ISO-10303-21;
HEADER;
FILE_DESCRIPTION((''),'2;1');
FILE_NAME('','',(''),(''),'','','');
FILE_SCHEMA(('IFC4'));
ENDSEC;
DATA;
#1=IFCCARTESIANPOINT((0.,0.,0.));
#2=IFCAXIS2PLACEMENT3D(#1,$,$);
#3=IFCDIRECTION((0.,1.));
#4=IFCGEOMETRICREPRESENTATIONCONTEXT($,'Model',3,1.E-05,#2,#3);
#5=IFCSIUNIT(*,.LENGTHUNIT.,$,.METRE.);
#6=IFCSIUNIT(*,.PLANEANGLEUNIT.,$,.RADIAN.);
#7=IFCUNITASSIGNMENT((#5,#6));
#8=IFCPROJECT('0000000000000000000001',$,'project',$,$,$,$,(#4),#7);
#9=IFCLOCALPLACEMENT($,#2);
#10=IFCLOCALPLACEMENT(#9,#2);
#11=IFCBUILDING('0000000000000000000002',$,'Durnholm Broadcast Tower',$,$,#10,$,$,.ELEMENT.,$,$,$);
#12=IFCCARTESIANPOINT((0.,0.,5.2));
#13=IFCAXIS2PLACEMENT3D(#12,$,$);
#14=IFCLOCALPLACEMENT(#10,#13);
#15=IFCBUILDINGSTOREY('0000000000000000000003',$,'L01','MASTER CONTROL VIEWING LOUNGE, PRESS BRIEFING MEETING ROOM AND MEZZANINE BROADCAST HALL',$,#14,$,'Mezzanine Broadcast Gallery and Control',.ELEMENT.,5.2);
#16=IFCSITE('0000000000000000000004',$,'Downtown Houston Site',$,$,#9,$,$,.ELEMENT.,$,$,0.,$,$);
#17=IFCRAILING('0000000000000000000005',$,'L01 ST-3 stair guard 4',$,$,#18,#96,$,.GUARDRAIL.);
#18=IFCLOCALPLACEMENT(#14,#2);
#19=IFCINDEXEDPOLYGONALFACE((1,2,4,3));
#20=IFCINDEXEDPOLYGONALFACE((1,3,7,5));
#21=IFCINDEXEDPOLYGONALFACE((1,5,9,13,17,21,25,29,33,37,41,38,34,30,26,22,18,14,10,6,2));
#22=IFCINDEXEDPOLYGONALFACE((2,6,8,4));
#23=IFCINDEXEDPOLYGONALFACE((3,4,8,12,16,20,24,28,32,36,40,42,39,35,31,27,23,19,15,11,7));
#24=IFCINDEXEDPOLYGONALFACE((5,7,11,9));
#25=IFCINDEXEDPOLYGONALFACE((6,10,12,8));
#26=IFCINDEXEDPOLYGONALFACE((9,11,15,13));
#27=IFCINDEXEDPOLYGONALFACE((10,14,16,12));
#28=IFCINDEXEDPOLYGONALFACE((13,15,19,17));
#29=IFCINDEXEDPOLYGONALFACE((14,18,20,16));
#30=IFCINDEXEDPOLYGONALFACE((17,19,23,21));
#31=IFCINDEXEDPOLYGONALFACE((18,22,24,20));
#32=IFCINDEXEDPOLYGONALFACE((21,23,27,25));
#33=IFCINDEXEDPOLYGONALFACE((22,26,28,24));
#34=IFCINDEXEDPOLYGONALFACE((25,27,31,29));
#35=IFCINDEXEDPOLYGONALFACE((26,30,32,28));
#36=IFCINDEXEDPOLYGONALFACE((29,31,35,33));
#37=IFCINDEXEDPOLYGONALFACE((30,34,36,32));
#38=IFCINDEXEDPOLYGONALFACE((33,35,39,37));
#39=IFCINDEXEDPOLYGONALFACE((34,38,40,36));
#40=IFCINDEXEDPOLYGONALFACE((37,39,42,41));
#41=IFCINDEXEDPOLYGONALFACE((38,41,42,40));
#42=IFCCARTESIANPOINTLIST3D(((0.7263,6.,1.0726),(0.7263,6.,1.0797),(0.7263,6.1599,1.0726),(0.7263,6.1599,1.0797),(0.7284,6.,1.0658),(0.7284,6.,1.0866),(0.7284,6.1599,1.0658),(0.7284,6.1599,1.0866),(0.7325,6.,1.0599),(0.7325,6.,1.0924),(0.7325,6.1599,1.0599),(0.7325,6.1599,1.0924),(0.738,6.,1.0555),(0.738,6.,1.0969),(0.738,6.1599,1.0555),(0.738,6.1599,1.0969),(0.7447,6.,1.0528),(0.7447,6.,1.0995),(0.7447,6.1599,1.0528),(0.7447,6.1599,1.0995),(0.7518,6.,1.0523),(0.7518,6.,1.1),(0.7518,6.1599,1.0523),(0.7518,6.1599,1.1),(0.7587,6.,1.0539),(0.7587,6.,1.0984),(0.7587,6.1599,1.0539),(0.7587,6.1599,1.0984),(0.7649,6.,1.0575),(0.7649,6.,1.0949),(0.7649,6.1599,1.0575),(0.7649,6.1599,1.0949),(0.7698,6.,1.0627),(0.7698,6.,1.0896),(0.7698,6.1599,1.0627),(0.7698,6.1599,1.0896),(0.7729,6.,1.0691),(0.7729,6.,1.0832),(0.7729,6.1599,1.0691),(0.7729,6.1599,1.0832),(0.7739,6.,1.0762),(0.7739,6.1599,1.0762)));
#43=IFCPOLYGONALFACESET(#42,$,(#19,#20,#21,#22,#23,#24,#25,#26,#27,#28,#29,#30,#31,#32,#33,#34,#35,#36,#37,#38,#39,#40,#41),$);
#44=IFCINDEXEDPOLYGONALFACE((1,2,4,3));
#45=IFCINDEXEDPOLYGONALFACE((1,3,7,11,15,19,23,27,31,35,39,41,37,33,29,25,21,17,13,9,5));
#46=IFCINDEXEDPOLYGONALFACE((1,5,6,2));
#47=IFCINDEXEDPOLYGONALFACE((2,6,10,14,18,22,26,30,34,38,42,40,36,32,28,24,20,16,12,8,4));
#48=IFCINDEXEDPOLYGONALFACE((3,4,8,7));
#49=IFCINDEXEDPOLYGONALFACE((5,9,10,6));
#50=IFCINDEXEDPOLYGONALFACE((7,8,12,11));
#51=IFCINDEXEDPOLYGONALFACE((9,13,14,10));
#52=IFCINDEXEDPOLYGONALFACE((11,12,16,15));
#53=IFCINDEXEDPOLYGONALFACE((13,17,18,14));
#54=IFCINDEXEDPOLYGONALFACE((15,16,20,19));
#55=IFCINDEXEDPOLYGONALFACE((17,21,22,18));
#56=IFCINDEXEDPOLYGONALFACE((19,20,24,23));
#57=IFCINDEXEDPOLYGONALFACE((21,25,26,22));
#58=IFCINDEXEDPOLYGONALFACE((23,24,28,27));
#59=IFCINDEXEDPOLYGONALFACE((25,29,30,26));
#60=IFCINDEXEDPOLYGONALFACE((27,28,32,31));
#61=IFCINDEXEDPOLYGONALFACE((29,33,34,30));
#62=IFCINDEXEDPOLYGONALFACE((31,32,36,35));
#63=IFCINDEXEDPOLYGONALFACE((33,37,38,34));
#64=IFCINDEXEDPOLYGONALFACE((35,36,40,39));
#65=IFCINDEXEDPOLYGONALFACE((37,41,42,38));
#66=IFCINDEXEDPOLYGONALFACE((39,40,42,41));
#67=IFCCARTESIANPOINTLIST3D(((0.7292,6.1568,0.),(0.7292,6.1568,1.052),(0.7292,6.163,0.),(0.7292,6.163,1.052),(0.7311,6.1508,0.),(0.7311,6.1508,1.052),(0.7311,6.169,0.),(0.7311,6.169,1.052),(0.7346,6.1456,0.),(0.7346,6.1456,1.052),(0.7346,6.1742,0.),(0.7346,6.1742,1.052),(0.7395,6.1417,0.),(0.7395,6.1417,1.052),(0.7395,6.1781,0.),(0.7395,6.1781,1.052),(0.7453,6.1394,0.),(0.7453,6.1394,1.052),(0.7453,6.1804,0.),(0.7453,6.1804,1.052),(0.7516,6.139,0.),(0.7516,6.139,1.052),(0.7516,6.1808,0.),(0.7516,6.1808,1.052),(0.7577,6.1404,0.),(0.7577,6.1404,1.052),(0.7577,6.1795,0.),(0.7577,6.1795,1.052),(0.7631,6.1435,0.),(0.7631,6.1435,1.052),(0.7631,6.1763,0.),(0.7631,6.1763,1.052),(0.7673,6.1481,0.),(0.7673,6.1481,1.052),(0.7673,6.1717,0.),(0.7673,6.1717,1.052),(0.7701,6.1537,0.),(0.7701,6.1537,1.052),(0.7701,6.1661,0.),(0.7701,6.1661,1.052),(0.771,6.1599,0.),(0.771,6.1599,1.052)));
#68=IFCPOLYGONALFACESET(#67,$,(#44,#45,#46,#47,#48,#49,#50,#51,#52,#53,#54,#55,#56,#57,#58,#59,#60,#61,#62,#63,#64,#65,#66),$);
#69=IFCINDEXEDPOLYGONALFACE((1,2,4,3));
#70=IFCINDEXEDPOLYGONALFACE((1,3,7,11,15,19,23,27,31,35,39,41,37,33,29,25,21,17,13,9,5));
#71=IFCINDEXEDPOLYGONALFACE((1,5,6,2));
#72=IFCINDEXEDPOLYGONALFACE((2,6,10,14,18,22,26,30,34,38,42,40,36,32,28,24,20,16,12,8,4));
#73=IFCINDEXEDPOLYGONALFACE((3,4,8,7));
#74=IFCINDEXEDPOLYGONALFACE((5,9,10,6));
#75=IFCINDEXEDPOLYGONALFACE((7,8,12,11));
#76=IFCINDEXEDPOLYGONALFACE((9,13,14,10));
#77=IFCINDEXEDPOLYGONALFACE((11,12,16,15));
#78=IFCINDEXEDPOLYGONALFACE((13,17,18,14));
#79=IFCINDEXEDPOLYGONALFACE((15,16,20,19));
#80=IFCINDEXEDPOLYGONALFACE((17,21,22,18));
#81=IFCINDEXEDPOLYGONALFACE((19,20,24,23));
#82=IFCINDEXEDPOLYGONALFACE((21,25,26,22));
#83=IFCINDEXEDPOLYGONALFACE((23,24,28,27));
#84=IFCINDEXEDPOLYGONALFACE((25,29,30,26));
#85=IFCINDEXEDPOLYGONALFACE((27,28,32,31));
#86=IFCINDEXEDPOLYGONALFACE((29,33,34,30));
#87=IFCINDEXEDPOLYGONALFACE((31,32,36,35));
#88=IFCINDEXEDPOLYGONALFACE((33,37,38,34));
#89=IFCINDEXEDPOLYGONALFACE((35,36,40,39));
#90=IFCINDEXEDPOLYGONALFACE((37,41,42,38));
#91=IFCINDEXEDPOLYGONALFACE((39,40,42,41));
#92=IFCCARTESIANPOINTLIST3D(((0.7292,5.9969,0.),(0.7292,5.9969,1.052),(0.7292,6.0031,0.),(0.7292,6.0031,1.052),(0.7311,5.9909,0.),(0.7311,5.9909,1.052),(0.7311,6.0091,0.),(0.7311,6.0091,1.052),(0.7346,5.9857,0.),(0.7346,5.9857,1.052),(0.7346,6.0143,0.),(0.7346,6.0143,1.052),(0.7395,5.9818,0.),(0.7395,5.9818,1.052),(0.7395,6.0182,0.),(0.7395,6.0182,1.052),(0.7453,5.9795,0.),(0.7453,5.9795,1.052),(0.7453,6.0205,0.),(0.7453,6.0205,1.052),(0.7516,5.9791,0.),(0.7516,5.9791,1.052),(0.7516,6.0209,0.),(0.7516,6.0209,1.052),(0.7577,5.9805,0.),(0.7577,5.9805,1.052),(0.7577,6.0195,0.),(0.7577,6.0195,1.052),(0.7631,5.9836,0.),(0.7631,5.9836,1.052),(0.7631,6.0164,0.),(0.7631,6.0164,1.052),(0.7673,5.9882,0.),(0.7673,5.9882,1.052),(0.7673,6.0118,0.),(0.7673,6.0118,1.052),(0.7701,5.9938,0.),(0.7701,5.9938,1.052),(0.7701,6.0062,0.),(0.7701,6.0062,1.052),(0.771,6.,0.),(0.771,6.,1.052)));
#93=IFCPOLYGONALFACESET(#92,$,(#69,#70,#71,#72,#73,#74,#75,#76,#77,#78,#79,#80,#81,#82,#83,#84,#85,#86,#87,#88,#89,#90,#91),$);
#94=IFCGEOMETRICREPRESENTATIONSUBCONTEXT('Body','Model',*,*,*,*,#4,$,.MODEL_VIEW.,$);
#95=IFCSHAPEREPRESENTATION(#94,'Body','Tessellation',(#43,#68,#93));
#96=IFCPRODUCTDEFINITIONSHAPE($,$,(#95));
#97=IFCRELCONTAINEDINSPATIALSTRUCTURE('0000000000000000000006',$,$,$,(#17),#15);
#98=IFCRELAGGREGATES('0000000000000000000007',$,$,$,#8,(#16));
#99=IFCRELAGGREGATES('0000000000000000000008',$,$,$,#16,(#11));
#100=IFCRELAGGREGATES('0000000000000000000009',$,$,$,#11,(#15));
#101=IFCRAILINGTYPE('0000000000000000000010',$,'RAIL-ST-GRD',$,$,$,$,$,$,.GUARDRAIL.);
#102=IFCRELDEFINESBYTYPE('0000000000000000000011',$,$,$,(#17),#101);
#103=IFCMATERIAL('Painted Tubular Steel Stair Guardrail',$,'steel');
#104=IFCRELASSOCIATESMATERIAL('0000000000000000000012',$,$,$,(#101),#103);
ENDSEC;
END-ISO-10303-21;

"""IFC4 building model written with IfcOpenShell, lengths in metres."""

from ifc_helpers import new_model, si_unit, direction, frame, origin, origin_2d, place, context, subcontext, project, spatial, circle, extrude, material, type_object, element, save


model = new_model("IFC4")

# Units and contexts
model_context = context("Model", 3, precision=1e-05, world=origin(), true_north=direction((0.0, 1.0)))
body_context = subcontext(model_context, "Body", "Model", "MODEL_VIEW")
ifc_project = project(units=[si_unit("LENGTHUNIT", "METRE"), si_unit("PLANEANGLEUNIT", "RADIAN")], contexts=[model_context])

# Site, building, storey
site_placement = place(None, origin())
site = spatial("IfcSite", under=ifc_project, at=site_placement, Name="Downtown Houston Site", CompositionType="ELEMENT", RefElevation=0.0)
building_placement = place(site_placement, origin())
building = spatial("IfcBuilding", under=site, at=building_placement, Name="Durnholm Broadcast Tower", CompositionType="ELEMENT")
storey_placement = place(building_placement, frame((0.0, 0.0, 5.2)))
storey = spatial("IfcBuildingStorey", under=building, at=storey_placement, Name="L01", Description="MASTER CONTROL VIEWING LOUNGE, PRESS BRIEFING MEETING ROOM AND MEZZANINE BROADCAST HALL", LongName="Mezzanine Broadcast Gallery and Control", CompositionType="ELEMENT", Elevation=5.2)

# Railing
ifc_material_1 = material(Name="Painted Tubular Steel Stair Guardrail", Category="steel")
railing_type_1 = type_object("IfcRailingType", Name="RAIL-ST-GRD", PredefinedType="GUARDRAIL", material=ifc_material_1)
railing_1_placement = place(storey_placement, frame((0.75, 6.1599, 0.0)))
element("IfcRailing", 1, at=railing_1_placement, inside=storey, type_object=railing_type_1, Name="L01 ST-3 stair guard 4", PredefinedType="GUARDRAIL", context=body_context, shape_type="SweptSolid", body=[
    extrude(circle(Radius=0.0239, at=origin_2d()), frame((0.0, 0.0, 1.0762), z_axis=(0.0, -1.0, 0.0), x_axis=(1.0, 0.0, 0.0)), (0.0, 0.0, 1.0), 0.1599),
    extrude(circle(Radius=0.021, at=origin_2d()), origin(), (0.0, 0.0, 1.0), 1.052),
    extrude(circle(Radius=0.021, at=origin_2d()), frame((0.0, -0.1599, 0.0)), (0.0, 0.0, 1.0), 1.052),
])

save(model, "model.ifc")
